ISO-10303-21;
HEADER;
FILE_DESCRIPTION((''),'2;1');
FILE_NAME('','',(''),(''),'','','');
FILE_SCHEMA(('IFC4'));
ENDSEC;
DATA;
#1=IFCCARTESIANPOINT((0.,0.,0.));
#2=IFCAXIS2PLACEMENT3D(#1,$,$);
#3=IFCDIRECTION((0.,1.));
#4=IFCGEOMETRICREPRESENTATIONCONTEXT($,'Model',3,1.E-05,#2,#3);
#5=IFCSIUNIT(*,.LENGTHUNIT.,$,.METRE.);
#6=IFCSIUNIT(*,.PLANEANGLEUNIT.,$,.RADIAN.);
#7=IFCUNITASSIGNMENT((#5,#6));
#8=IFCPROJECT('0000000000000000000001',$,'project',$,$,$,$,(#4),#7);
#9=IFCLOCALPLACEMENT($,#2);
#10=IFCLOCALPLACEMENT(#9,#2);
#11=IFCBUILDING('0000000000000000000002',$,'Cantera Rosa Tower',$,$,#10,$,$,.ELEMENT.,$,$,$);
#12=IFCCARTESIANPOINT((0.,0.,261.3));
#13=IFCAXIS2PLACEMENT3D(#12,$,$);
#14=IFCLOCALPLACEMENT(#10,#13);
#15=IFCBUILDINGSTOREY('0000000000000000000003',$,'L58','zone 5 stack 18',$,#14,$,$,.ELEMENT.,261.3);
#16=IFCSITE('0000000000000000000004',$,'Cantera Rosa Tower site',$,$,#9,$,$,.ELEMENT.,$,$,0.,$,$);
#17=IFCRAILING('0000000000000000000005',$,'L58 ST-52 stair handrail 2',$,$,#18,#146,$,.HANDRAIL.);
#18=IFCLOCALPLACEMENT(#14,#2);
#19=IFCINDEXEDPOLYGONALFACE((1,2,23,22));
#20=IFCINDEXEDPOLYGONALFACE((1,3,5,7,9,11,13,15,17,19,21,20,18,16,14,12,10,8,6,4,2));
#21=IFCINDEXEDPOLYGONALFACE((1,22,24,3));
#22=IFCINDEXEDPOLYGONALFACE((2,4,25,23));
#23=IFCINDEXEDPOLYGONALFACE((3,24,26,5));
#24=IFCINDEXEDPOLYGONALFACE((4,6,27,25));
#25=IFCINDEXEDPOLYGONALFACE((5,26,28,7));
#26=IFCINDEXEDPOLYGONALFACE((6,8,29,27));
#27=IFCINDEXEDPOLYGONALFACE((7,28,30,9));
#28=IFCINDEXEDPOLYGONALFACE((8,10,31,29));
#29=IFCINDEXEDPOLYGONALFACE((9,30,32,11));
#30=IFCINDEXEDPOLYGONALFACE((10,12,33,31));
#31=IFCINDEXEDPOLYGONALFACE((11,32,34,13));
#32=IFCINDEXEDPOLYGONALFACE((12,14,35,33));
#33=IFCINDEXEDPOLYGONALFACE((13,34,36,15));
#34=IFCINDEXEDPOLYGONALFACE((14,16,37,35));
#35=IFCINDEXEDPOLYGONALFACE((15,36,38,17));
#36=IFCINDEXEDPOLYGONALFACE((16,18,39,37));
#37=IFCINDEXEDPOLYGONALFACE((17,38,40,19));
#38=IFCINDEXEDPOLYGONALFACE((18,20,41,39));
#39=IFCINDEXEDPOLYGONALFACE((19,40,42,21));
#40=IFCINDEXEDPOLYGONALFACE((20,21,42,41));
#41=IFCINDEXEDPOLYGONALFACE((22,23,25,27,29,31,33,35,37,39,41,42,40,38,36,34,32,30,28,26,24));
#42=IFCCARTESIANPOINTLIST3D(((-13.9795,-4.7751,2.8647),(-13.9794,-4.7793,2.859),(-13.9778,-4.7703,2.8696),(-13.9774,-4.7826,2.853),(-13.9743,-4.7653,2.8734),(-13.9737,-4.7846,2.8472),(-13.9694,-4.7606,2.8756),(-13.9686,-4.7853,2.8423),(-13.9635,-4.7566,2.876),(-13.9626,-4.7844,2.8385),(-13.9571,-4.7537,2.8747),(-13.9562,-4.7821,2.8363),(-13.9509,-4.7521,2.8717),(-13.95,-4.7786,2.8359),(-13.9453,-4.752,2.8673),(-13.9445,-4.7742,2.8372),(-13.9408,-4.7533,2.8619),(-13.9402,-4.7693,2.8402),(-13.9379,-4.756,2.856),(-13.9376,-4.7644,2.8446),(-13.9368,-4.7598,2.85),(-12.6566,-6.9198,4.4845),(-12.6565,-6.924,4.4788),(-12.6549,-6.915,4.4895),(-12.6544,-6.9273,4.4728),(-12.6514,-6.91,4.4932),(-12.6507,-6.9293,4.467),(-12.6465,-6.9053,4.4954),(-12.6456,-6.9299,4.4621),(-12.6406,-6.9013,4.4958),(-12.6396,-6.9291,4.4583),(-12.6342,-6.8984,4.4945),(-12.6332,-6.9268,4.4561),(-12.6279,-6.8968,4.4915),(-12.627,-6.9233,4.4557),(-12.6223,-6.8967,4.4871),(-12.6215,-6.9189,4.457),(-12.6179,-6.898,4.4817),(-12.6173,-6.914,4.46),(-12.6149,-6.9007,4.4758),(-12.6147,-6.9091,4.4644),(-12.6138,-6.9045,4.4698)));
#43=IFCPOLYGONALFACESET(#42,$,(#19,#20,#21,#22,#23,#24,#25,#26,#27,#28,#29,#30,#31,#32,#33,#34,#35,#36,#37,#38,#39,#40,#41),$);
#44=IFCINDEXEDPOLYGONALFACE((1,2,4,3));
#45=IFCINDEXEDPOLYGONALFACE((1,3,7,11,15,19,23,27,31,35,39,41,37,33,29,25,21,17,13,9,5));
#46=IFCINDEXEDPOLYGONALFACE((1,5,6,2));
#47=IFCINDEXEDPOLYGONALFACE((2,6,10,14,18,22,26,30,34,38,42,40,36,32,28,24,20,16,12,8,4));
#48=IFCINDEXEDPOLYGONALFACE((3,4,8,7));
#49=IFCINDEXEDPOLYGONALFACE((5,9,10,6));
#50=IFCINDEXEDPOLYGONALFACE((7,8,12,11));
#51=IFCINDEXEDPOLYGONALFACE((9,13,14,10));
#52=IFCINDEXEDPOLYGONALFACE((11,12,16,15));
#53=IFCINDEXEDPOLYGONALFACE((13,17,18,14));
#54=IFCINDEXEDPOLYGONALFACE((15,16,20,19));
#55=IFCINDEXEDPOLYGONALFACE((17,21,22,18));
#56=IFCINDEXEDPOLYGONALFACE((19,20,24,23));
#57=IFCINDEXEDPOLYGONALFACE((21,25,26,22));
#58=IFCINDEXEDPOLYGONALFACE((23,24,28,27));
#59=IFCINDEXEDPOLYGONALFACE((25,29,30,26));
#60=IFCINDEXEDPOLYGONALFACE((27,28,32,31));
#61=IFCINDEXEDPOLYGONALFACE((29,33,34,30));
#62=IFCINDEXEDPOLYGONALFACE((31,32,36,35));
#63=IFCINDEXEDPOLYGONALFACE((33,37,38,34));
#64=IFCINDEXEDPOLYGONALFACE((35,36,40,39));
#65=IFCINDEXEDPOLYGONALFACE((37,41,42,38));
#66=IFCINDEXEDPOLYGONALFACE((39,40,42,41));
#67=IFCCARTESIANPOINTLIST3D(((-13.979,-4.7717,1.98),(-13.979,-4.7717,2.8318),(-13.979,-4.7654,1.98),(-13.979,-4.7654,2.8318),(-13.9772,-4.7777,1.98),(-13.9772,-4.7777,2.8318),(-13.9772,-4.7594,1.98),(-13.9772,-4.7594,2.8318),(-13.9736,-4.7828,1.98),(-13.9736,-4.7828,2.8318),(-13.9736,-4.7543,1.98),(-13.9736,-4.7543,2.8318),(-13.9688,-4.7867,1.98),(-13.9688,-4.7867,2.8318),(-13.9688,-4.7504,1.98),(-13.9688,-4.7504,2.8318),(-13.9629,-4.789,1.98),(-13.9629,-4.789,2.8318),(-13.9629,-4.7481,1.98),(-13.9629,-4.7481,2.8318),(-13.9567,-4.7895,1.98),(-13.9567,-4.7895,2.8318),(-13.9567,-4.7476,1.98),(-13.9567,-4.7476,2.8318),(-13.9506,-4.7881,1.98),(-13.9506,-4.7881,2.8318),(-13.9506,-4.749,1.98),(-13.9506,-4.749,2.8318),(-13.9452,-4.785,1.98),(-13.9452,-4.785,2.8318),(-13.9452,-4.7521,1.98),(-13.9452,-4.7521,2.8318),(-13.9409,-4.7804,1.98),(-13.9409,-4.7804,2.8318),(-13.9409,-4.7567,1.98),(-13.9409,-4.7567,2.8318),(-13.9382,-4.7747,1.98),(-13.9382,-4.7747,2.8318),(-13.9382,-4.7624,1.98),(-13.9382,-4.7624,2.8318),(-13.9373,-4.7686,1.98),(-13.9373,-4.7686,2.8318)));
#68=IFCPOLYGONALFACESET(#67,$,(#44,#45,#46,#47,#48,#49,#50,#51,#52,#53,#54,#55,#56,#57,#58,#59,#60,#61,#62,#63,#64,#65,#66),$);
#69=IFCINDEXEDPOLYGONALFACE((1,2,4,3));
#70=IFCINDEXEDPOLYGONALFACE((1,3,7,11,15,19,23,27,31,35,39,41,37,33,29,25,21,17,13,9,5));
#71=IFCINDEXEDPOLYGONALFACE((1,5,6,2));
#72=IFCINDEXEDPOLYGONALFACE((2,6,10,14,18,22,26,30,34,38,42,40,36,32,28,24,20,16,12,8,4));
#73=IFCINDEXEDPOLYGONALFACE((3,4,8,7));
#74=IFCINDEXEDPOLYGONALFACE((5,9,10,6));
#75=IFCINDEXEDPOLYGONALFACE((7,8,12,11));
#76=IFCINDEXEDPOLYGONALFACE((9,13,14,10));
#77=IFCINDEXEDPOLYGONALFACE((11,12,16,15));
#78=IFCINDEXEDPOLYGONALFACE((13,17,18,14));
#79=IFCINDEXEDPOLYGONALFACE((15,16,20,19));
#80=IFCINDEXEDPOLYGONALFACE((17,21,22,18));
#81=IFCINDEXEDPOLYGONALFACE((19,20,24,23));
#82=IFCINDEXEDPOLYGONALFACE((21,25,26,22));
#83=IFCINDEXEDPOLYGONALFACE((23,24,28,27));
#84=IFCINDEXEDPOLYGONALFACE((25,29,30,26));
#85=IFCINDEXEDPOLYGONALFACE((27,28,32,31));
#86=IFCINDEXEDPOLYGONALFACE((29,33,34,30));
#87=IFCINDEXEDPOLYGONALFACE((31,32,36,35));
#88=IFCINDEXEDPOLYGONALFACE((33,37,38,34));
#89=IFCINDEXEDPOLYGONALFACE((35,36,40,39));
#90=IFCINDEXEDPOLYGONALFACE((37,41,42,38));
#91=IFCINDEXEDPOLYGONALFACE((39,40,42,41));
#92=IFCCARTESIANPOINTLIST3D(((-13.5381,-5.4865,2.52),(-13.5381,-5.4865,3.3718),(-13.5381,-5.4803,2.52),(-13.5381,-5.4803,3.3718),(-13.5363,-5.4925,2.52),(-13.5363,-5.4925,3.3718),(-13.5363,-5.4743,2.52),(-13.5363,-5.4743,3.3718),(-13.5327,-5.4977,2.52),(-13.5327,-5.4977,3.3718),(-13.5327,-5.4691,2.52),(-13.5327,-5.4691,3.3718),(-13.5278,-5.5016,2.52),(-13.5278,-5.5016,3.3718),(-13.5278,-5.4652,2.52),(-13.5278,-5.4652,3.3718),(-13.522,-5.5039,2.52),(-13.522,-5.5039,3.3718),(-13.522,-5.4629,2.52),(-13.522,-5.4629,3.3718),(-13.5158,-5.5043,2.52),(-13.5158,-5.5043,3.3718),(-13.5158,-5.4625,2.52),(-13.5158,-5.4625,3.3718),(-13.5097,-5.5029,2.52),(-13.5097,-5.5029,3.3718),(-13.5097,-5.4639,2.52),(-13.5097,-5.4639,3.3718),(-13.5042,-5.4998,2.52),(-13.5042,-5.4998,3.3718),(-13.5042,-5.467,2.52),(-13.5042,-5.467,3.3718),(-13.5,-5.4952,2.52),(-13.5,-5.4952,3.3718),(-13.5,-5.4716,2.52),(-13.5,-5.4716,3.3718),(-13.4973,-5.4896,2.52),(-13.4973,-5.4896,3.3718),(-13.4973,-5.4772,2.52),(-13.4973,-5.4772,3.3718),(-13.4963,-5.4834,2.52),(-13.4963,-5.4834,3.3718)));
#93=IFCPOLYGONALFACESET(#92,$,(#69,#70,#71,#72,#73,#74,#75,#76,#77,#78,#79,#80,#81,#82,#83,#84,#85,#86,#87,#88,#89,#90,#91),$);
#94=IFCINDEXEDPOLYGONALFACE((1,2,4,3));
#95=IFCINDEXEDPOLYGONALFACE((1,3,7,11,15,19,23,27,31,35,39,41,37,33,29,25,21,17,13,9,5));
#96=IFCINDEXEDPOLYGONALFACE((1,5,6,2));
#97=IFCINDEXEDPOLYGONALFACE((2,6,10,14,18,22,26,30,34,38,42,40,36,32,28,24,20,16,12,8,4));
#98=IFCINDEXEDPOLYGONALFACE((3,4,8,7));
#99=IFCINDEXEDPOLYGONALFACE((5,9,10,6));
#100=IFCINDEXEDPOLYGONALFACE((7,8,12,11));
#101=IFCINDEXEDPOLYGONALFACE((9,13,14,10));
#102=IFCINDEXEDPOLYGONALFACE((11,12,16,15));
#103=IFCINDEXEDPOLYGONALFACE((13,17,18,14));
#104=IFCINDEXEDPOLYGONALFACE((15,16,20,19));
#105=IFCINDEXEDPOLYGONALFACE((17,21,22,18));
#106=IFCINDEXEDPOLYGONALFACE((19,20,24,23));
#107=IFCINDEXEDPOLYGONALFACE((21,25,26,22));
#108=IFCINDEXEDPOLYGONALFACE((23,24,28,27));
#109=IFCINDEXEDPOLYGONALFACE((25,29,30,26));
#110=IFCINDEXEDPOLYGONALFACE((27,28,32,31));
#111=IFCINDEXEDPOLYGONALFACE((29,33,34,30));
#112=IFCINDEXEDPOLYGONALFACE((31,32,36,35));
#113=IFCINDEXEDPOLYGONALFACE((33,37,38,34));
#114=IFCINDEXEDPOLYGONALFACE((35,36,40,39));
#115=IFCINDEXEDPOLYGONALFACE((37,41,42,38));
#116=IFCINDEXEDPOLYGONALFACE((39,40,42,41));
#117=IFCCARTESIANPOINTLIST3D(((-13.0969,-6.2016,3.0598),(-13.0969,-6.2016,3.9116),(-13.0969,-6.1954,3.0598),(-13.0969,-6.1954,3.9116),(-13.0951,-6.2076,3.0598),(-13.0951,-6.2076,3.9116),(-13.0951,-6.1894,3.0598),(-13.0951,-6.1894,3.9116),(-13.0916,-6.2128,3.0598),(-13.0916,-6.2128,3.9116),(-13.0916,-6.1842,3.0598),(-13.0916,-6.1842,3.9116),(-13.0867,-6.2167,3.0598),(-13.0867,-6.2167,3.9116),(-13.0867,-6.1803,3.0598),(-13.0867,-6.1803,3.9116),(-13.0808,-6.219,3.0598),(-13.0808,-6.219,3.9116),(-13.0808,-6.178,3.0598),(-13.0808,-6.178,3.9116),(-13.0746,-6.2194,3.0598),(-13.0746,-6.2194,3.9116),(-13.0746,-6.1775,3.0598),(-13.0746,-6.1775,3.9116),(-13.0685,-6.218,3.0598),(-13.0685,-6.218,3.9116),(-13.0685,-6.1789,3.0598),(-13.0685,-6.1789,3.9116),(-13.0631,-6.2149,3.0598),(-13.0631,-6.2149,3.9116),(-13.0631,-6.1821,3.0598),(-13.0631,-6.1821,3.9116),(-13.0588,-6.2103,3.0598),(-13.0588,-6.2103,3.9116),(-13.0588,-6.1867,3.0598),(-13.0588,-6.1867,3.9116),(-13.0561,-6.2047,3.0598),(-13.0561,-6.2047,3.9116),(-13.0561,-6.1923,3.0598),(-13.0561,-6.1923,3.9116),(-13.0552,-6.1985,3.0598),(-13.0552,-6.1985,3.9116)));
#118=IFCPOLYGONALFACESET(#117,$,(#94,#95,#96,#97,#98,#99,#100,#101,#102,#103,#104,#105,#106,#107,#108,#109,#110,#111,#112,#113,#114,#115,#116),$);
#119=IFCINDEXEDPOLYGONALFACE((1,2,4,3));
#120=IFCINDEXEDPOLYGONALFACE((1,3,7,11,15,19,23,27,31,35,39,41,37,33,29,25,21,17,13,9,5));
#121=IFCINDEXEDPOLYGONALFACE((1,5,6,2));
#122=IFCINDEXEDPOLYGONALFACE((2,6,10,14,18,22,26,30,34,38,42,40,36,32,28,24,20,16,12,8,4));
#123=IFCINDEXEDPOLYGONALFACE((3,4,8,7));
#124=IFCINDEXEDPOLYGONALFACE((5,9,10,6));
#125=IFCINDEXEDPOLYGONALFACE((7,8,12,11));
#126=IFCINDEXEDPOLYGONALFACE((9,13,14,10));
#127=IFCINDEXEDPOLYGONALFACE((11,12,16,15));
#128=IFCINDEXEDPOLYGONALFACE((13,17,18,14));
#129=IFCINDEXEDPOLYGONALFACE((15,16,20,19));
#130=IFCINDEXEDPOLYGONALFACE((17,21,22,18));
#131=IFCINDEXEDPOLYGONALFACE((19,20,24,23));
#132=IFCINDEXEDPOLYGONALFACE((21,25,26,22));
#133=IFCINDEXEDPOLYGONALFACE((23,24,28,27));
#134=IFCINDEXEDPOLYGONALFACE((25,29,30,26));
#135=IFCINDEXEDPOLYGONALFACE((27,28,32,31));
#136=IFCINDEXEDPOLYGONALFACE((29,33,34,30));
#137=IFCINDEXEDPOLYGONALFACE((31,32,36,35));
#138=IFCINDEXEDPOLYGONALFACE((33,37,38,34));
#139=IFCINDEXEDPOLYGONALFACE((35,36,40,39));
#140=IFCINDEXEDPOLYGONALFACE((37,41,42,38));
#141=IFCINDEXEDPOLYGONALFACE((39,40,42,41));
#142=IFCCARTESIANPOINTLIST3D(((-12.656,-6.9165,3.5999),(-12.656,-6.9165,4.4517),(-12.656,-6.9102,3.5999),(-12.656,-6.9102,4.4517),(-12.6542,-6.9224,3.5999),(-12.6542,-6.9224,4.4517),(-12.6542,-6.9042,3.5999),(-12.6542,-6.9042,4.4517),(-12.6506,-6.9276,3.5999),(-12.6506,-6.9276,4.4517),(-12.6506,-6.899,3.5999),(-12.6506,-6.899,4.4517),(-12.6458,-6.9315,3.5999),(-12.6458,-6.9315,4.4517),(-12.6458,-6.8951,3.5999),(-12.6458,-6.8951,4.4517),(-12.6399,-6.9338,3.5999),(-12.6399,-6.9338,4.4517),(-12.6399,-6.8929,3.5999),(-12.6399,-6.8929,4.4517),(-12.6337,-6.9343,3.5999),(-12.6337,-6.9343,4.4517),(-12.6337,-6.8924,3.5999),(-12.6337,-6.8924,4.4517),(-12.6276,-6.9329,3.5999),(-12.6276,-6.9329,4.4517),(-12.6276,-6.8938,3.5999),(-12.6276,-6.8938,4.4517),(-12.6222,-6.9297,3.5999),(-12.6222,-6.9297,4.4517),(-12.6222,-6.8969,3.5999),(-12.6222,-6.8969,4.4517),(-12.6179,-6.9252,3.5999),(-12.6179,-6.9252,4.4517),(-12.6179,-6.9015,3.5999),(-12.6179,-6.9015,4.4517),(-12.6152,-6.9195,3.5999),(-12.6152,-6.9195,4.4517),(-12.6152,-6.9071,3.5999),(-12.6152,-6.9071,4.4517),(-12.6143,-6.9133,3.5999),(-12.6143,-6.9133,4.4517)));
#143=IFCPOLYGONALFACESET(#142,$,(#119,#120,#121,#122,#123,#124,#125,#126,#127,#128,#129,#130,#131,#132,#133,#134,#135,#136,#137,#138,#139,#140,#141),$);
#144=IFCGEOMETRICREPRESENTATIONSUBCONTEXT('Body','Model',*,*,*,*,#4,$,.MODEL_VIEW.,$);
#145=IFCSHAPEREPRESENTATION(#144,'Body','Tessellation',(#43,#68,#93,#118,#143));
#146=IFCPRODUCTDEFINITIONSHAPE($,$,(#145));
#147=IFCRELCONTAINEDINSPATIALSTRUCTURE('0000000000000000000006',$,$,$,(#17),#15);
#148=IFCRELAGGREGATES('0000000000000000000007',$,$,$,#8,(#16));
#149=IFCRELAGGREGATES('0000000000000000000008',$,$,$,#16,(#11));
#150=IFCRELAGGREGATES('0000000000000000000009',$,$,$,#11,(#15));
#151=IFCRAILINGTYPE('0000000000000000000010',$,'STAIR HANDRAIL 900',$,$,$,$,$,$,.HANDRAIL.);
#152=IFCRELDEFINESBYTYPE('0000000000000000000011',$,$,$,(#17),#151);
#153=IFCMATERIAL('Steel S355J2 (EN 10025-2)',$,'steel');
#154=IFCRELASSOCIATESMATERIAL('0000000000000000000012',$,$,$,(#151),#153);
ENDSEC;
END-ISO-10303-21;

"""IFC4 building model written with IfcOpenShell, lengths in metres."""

from ifc_helpers import new_model, si_unit, direction, frame, origin, origin_2d, place, context, subcontext, project, spatial, circle, extrude, material, type_object, element, save


model = new_model("IFC4")

# Units and contexts
model_context = context("Model", 3, precision=1e-05, world=origin(), true_north=direction((0.0, 1.0)))
body_context = subcontext(model_context, "Body", "Model", "MODEL_VIEW")
ifc_project = project(units=[si_unit("LENGTHUNIT", "METRE"), si_unit("PLANEANGLEUNIT", "RADIAN")], contexts=[model_context])

# Site, building, storey
site_placement = place(None, origin())
site = spatial("IfcSite", under=ifc_project, at=site_placement, Name="Cantera Rosa Tower site", CompositionType="ELEMENT", RefElevation=0.0)
building_placement = place(site_placement, origin())
building = spatial("IfcBuilding", under=site, at=building_placement, Name="Cantera Rosa Tower", CompositionType="ELEMENT")
storey_placement = place(building_placement, frame((0.0, 0.0, 261.3)))
storey = spatial("IfcBuildingStorey", under=building, at=storey_placement, Name="L58", Description="zone 5 stack 18", CompositionType="ELEMENT", Elevation=261.3)

# Railing
ifc_material_1 = material(Name="Steel S355J2 (EN 10025-2)", Category="steel")
railing_type_1 = type_object("IfcRailingType", Name="STAIR HANDRAIL 900", PredefinedType="HANDRAIL", material=ifc_material_1)
railing_1_placement = place(storey_placement, frame((-13.9583, -4.7686, 1.98)))
element("IfcRailing", 1, at=railing_1_placement, inside=storey, type_object=railing_type_1, Name="L58 ST-52 stair handrail 2", PredefinedType="HANDRAIL", context=body_context, shape_type="SweptSolid", body=[
    extrude(circle(Radius=0.0239, at=origin_2d()), frame((0.0, 0.0, 0.876), z_axis=(0.441629, -0.715945, 0.540728), x_axis=(0.851102, 0.525, 0.0)), (0.0, 0.0, 1.0), 2.9956),
    extrude(circle(Radius=0.021, at=origin_2d()), origin(), (0.0, 0.0, 1.0), 0.8518),
    extrude(circle(Radius=0.021, at=origin_2d()), frame((0.4409, -0.7148, 0.54)), (0.0, 0.0, 1.0), 0.8518),
    extrude(circle(Radius=0.021, at=origin_2d()), frame((0.8821, -1.4299, 1.0798)), (0.0, 0.0, 1.0), 0.8518),
    extrude(circle(Radius=0.021, at=origin_2d()), frame((1.323, -2.1448, 1.6199)), (0.0, 0.0, 1.0), 0.8518),
])

save(model, "model.ifc")
